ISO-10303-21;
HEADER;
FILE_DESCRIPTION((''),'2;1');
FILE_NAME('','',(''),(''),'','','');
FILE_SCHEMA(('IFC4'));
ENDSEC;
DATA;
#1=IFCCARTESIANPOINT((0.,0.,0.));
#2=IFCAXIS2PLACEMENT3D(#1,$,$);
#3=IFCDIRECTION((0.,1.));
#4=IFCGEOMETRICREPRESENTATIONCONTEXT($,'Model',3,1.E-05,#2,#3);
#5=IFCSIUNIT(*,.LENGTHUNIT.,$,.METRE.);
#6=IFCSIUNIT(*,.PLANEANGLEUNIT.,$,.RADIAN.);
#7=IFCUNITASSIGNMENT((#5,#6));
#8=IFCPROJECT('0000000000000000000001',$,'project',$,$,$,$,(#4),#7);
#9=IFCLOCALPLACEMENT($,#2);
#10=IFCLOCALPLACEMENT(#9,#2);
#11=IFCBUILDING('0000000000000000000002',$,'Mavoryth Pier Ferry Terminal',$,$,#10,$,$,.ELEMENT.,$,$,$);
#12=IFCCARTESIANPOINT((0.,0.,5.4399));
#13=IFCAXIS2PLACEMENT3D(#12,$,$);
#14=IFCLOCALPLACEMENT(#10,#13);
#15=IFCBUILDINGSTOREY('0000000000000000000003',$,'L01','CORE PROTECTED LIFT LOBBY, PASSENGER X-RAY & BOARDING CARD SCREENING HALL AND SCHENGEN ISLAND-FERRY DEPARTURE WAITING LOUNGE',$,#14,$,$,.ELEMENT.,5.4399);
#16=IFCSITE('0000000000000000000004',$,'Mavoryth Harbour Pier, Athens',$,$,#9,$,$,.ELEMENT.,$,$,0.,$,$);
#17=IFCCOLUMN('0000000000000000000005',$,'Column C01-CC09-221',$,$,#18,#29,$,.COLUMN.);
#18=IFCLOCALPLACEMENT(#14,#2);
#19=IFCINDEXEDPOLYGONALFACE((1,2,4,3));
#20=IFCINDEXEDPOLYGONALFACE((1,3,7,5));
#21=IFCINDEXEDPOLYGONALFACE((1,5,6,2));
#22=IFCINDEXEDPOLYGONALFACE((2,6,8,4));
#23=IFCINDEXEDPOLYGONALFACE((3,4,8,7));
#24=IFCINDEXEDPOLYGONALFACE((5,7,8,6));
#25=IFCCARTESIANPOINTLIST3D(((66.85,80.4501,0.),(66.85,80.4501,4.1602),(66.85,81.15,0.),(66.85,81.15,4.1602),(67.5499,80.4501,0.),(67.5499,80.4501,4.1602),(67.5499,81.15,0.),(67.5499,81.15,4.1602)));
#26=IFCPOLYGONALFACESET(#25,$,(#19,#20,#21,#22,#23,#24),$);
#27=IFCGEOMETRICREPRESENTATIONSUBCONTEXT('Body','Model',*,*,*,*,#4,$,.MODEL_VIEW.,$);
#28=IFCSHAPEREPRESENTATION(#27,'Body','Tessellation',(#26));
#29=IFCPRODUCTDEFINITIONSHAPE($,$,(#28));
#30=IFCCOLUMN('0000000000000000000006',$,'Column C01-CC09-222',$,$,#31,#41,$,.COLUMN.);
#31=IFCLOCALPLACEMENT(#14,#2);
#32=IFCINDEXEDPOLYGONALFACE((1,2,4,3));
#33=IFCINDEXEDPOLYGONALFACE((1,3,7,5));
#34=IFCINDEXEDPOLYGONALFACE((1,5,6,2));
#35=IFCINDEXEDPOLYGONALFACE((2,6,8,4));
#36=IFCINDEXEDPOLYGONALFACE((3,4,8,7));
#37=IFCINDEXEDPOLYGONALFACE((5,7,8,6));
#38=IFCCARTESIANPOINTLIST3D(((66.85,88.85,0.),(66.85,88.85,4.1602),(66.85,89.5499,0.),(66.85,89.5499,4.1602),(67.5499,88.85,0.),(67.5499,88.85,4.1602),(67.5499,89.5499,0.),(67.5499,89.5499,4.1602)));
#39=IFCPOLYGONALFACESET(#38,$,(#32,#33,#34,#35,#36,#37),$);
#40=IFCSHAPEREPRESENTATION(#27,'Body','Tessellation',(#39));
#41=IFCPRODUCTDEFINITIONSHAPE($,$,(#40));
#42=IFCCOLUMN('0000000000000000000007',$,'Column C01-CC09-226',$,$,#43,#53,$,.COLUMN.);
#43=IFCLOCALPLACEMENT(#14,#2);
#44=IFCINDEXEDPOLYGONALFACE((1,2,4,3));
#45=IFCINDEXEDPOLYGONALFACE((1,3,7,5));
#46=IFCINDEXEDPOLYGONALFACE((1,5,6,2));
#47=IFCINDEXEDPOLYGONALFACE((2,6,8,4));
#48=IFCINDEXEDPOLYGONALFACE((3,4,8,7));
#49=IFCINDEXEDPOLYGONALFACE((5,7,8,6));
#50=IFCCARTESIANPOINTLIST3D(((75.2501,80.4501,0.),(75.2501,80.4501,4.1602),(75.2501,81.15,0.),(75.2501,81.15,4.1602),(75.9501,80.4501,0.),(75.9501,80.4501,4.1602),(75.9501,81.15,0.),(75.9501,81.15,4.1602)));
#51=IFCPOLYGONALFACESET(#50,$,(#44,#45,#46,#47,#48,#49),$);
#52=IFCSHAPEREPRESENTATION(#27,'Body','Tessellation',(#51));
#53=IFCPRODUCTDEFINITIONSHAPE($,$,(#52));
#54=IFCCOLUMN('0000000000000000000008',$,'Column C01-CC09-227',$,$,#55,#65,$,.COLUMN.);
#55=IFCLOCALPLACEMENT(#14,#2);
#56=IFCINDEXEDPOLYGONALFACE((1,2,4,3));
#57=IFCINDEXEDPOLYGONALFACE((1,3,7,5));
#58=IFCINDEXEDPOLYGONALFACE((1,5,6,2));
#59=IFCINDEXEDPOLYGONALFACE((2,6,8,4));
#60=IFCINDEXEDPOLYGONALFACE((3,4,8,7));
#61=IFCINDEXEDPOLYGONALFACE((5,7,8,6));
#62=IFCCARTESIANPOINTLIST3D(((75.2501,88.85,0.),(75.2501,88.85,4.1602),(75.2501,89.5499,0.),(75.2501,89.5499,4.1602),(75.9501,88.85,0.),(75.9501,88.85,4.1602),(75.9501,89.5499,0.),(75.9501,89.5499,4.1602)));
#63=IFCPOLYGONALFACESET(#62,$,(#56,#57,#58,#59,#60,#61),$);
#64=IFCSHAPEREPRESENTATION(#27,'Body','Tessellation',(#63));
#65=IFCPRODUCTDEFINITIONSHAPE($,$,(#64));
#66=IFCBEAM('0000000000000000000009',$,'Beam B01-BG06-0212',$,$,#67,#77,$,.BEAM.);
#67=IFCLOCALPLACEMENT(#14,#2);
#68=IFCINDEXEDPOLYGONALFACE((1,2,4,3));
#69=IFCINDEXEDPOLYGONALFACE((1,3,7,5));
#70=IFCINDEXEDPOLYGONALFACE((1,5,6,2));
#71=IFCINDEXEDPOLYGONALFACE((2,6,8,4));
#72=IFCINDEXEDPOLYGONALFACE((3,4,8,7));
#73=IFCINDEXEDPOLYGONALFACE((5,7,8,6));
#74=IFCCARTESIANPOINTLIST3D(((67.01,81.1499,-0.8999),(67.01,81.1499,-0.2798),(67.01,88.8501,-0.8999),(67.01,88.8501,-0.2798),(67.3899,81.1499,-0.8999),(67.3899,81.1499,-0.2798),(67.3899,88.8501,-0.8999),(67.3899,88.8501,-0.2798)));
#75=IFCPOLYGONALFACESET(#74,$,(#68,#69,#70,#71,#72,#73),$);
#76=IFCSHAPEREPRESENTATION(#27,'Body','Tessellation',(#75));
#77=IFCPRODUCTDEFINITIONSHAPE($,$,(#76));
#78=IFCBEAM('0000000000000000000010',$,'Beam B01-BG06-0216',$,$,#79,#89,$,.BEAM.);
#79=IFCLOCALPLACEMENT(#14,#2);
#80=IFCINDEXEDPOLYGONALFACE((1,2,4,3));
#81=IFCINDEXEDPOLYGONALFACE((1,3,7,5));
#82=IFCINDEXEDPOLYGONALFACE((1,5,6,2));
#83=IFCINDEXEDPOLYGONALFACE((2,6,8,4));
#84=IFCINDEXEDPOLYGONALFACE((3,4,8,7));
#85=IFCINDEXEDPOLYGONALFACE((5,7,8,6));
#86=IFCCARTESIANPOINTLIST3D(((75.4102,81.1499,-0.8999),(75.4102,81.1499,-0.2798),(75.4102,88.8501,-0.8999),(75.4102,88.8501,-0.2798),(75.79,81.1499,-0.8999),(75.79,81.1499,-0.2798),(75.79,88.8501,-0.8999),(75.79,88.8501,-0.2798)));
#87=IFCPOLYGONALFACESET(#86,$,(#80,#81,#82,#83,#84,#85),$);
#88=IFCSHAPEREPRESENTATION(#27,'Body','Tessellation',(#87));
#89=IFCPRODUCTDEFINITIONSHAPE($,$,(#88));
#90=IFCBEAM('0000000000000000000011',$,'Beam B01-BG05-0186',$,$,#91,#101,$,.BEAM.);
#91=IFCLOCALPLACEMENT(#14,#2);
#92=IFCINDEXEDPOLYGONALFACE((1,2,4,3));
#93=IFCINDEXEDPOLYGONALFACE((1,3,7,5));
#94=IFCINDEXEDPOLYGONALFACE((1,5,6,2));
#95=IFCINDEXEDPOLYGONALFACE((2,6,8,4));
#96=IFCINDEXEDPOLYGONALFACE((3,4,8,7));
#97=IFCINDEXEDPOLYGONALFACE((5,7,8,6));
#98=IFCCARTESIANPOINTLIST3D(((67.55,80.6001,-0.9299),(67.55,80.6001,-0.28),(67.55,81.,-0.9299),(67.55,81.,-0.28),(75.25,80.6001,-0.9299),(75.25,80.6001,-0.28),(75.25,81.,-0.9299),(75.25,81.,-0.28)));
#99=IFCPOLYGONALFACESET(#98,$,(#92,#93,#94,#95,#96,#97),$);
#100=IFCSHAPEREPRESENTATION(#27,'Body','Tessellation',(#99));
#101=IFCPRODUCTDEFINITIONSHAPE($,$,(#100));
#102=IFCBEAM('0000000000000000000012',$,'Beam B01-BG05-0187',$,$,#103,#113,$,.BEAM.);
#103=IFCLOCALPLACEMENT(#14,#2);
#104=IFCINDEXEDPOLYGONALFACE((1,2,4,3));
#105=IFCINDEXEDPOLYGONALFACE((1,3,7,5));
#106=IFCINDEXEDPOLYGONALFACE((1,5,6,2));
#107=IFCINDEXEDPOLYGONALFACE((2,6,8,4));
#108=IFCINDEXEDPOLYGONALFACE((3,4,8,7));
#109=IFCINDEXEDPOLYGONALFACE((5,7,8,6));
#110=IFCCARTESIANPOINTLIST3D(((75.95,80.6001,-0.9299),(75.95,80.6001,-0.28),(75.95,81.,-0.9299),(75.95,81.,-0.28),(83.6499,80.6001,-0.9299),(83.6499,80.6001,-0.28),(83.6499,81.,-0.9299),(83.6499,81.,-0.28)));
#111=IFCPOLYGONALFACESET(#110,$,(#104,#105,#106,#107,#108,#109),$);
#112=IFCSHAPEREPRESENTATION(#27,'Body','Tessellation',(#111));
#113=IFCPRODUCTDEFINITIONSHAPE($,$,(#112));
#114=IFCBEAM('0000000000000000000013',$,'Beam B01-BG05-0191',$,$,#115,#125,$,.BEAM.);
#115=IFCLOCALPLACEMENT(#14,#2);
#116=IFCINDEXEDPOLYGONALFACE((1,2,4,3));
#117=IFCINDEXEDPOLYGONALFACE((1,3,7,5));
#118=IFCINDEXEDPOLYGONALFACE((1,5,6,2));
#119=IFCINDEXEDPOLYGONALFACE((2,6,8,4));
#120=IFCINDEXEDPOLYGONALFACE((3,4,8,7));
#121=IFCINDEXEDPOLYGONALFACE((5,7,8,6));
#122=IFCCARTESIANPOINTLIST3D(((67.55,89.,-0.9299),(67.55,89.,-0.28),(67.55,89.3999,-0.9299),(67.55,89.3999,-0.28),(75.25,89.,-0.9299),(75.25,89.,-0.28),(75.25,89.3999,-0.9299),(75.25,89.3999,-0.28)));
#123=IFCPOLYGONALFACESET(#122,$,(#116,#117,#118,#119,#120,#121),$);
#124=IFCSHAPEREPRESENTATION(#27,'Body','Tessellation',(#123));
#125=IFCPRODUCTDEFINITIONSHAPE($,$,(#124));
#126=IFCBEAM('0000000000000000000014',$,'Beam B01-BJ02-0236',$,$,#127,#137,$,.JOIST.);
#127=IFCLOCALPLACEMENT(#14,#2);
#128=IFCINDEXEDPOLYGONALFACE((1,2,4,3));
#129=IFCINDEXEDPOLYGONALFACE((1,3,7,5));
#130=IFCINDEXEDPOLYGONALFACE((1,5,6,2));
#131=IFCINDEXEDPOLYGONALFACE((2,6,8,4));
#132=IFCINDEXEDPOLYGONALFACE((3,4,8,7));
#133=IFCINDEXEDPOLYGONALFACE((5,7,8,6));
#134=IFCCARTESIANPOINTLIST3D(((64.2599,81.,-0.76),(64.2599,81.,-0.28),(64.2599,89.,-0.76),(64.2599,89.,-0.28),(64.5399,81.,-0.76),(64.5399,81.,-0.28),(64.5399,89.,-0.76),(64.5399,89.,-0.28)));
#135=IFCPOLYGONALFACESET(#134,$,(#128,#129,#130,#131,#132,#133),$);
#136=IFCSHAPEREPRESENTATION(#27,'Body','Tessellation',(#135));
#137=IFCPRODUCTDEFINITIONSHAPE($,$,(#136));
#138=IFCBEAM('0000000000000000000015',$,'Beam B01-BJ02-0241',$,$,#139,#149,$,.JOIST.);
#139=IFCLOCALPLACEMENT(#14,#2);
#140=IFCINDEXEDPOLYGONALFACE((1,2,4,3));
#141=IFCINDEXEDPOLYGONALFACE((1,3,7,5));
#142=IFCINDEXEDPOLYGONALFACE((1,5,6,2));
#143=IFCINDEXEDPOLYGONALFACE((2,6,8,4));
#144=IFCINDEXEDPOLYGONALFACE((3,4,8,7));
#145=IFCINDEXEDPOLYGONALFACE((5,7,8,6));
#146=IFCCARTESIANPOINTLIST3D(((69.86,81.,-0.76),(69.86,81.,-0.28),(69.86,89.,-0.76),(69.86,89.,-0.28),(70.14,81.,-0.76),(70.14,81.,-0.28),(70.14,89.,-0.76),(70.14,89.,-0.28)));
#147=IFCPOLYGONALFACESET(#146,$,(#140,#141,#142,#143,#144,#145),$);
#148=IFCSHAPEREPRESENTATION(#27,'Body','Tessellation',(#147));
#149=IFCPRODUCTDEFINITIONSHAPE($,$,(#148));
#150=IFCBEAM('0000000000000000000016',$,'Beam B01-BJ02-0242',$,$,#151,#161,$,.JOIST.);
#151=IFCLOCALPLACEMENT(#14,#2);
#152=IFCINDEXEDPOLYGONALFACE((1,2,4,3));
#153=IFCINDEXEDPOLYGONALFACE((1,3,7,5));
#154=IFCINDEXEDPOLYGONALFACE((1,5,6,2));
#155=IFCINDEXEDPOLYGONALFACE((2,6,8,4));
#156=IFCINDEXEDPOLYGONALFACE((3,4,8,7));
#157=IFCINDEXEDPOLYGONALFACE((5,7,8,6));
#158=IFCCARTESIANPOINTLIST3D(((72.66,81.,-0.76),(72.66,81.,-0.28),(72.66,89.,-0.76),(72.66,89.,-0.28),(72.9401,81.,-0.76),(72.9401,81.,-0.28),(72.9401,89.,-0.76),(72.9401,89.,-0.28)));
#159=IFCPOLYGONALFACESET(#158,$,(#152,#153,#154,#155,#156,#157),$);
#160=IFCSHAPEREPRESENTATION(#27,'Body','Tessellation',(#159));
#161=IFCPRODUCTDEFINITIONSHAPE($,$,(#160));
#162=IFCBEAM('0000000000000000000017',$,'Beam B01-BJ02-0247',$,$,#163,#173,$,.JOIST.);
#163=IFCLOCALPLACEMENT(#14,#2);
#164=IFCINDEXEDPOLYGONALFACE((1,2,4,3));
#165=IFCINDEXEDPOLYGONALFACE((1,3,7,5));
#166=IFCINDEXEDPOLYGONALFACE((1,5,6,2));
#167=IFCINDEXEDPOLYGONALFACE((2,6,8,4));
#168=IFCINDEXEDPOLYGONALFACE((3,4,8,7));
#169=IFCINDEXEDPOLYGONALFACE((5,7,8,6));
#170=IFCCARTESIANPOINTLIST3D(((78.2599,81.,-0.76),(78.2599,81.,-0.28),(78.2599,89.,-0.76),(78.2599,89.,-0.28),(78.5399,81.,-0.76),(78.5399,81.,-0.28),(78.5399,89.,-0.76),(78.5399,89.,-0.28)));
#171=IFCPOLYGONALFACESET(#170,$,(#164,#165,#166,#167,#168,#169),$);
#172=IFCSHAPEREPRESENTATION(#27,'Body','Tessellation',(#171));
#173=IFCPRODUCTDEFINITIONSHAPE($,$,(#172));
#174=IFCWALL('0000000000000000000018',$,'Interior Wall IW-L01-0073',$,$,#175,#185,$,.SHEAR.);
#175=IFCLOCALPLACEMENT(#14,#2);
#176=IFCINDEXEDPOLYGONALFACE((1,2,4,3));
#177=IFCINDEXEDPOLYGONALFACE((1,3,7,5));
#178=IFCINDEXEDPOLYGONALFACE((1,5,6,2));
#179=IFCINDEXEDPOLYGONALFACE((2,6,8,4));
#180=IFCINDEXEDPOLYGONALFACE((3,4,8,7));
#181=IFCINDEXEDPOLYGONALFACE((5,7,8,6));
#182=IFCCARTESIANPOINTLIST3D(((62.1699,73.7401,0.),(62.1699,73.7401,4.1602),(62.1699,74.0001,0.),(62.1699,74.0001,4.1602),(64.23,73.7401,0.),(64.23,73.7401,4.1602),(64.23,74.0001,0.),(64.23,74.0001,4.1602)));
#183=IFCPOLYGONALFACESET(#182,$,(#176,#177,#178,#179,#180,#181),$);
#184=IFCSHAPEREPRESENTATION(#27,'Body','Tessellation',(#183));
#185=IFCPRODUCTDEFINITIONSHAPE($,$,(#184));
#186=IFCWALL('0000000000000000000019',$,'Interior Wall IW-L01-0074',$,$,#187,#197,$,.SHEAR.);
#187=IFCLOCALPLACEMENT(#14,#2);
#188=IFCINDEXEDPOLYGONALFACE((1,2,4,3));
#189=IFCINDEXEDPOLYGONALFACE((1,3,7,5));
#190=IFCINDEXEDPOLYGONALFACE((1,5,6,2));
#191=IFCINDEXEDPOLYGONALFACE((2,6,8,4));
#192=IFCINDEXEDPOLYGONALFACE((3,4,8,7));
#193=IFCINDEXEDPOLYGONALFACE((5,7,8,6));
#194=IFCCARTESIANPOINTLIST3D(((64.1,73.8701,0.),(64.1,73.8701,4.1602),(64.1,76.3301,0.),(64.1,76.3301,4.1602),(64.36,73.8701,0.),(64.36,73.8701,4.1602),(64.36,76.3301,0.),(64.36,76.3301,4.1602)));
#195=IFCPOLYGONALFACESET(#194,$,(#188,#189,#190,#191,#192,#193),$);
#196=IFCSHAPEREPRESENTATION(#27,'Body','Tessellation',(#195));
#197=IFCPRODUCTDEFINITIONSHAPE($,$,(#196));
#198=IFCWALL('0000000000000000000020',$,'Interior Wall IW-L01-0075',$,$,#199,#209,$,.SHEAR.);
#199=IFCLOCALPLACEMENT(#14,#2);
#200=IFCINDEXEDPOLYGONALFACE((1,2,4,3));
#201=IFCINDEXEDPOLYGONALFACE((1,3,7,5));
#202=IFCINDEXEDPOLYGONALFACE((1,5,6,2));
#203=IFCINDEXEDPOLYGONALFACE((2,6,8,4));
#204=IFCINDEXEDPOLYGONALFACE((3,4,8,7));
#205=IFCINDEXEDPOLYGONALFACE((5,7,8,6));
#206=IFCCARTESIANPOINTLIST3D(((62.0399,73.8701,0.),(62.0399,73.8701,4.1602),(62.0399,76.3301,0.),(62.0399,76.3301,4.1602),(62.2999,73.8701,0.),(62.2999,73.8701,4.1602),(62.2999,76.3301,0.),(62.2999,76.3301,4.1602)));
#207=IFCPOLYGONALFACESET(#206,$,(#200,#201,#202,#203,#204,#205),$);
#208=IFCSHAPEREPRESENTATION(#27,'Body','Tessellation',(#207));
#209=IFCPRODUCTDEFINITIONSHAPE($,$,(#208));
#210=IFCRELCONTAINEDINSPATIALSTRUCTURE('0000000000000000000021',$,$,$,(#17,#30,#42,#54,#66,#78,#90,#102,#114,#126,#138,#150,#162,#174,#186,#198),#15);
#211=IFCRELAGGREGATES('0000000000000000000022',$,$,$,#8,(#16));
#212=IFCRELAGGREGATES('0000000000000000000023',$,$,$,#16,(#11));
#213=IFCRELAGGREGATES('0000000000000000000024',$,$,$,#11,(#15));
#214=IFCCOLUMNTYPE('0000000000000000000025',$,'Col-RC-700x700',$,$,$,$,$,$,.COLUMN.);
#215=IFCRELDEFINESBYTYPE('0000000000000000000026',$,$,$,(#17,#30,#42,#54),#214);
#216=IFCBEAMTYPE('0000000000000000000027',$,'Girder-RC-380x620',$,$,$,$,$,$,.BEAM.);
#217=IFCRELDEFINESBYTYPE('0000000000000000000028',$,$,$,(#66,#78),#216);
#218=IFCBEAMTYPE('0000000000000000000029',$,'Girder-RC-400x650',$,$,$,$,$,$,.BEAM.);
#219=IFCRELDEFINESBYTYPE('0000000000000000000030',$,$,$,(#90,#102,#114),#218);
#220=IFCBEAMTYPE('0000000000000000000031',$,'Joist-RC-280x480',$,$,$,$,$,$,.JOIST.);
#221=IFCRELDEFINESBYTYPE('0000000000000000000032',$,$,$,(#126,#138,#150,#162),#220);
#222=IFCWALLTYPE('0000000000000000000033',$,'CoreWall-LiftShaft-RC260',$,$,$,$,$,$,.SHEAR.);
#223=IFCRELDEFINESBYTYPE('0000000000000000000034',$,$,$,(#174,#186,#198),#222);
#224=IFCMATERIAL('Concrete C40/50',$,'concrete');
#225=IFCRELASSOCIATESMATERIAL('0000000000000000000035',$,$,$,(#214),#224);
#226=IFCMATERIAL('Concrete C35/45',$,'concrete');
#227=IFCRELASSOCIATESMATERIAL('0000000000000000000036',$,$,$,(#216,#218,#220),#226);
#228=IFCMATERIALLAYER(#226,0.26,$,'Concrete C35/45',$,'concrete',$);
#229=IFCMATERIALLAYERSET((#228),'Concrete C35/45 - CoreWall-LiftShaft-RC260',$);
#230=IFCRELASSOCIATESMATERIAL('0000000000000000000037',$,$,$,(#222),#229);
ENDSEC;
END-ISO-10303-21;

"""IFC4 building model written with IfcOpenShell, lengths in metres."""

from ifc_helpers import new_model, si_unit, direction, frame, frame_2d, origin, origin_2d, place, context, subcontext, project, spatial, rectangle, extrude, material, layer, layer_set, material_profile, profile_set, type_object, element, save


model = new_model("IFC4")

# Units and contexts
model_context = context("Model", 3, precision=1e-05, world=origin(), true_north=direction((0.0, 1.0)))
body_context = subcontext(model_context, "Body", "Model", "MODEL_VIEW")
ifc_project = project(units=[si_unit("LENGTHUNIT", "METRE"), si_unit("PLANEANGLEUNIT", "RADIAN")], contexts=[model_context])

# Site, building, storey
site_placement = place(None, origin())
site = spatial("IfcSite", under=ifc_project, at=site_placement, Name="Mavoryth Harbour Pier, Athens", CompositionType="ELEMENT", RefElevation=0.0)
building_placement = place(site_placement, origin())
building = spatial("IfcBuilding", under=site, at=building_placement, Name="Mavoryth Pier Ferry Terminal", CompositionType="ELEMENT")
storey_placement = place(building_placement, frame((0.0, 0.0, 5.4399)))
storey = spatial("IfcBuildingStorey", under=building, at=storey_placement, Name="L01", Description="CORE PROTECTED LIFT LOBBY, PASSENGER X-RAY & BOARDING CARD SCREENING HALL AND SCHENGEN ISLAND-FERRY DEPARTURE WAITING LOUNGE", CompositionType="ELEMENT", Elevation=5.4399)

# Columns
ifc_material_1 = material(Name="Concrete C40/50", Category="concrete")
ifc_material_profile_1 = material_profile(ifc_material_1, rectangle(XDim=0.7, YDim=0.7, at=origin_2d()), Name="RC 700x700", Category="concrete")
ifc_profile_set_1 = profile_set([ifc_material_profile_1], Name="Concrete C40/50 - RC 700x700")
column_type = type_object("IfcColumnType", Name="Col-RC-700x700", PredefinedType="COLUMN", material=ifc_profile_set_1)
for number, where, z_axis, x_axis, name in (
    (1, (67.2, 80.8, 0.0), (0.0, 0.0, 1.0), (1.0, 0.0, 0.0), "Column C01-CC09-221"),
    (2, (67.2, 89.2, 0.0), (0.0, 0.0, 1.0), (1.0, 0.0, 0.0), "Column C01-CC09-222"),
    (3, (75.6001, 80.8, 0.0), (0.0, 0.0, 1.0), (1.0, 0.0, 0.0), "Column C01-CC09-226"),
    (4, (75.6001, 89.2, 0.0), (0.0, 0.0, 1.0), (1.0, 0.0, 0.0), "Column C01-CC09-227"),
):
    element("IfcColumn", number, at=place(storey_placement, frame(where, z_axis=z_axis, x_axis=x_axis)), inside=storey, type_object=column_type, Name=name, PredefinedType="COLUMN", context=body_context, shape_type="SweptSolid", body=[
        extrude(rectangle(XDim=0.7, YDim=0.7, at=origin_2d()), origin(), (0.0, 0.0, 1.0), 4.1602),
    ])

# Beams
ifc_material_2 = material(Name="Concrete C35/45", Category="concrete")
ifc_material_profile_2 = material_profile(ifc_material_2, rectangle(XDim=0.3799, YDim=0.6201, at=origin_2d()), Name="RC 380x620", Category="concrete")
ifc_profile_set_2 = profile_set([ifc_material_profile_2], Name="Concrete C35/45 - RC 380x620")
beam_type_1 = type_object("IfcBeamType", Name="Girder-RC-380x620", PredefinedType="BEAM", material=ifc_profile_set_2)
for number, where, z_axis, x_axis, name in (
    (5, (67.2, 81.1499, -0.5898), (0.0, 1.0, 0.0), (-1.0, 0.0, 0.0), "Beam B01-BG06-0212"),
    (6, (75.6001, 81.1499, -0.5898), (0.0, 1.0, 0.0), (-1.0, 0.0, 0.0), "Beam B01-BG06-0216"),
):
    element("IfcBeam", number, at=place(storey_placement, frame(where, z_axis=z_axis, x_axis=x_axis)), inside=storey, type_object=beam_type_1, Name=name, PredefinedType="BEAM", context=body_context, shape_type="SweptSolid", body=[
        extrude(rectangle(XDim=0.3799, YDim=0.6201, at=origin_2d()), origin(), (0.0, 0.0, 1.0), 7.7002),
    ])
ifc_material_profile_3 = material_profile(ifc_material_2, rectangle(XDim=0.3999, YDim=0.6499, at=origin_2d()), Name="RC 400x650", Category="concrete")
ifc_profile_set_3 = profile_set([ifc_material_profile_3], Name="Concrete C35/45 - RC 400x650")
beam_type_2 = type_object("IfcBeamType", Name="Girder-RC-400x650", PredefinedType="BEAM", material=ifc_profile_set_3)
for number, where, z_axis, x_axis, name in (
    (7, (67.55, 80.8, -0.605), (1.0, 0.0, 0.0), (0.0, 1.0, 0.0), "Beam B01-BG05-0186"),
    (8, (75.95, 80.8, -0.605), (1.0, 0.0, 0.0), (0.0, 1.0, 0.0), "Beam B01-BG05-0187"),
    (9, (67.55, 89.2, -0.605), (1.0, 0.0, 0.0), (0.0, 1.0, 0.0), "Beam B01-BG05-0191"),
):
    element("IfcBeam", number, at=place(storey_placement, frame(where, z_axis=z_axis, x_axis=x_axis)), inside=storey, type_object=beam_type_2, Name=name, PredefinedType="BEAM", context=body_context, shape_type="SweptSolid", body=[
        extrude(rectangle(XDim=0.3999, YDim=0.6499, at=origin_2d()), origin(), (0.0, 0.0, 1.0), 7.7),
    ])
ifc_material_profile_4 = material_profile(ifc_material_2, rectangle(XDim=0.28, YDim=0.48, at=origin_2d()), Name="RC 280x480", Category="concrete")
ifc_profile_set_4 = profile_set([ifc_material_profile_4], Name="Concrete C35/45 - RC 280x480")
beam_type_3 = type_object("IfcBeamType", Name="Joist-RC-280x480", PredefinedType="JOIST", material=ifc_profile_set_4)
for number, where, z_axis, x_axis, name in (
    (10, (64.3999, 81.0, -0.52), (0.0, 1.0, 0.0), (-1.0, 0.0, 0.0), "Beam B01-BJ02-0236"),
    (11, (70.0, 81.0, -0.52), (0.0, 1.0, 0.0), (-1.0, 0.0, 0.0), "Beam B01-BJ02-0241"),
    (12, (72.8, 81.0, -0.52), (0.0, 1.0, 0.0), (-1.0, 0.0, 0.0), "Beam B01-BJ02-0242"),
    (13, (78.3999, 81.0, -0.52), (0.0, 1.0, 0.0), (-1.0, 0.0, 0.0), "Beam B01-BJ02-0247"),
):
    element("IfcBeam", number, at=place(storey_placement, frame(where, z_axis=z_axis, x_axis=x_axis)), inside=storey, type_object=beam_type_3, Name=name, PredefinedType="JOIST", context=body_context, shape_type="SweptSolid", body=[
        extrude(rectangle(XDim=0.28, YDim=0.48, at=origin_2d()), origin(), (0.0, 0.0, 1.0), 8.0),
    ])

# Walls
ifc_layer_1 = layer(ifc_material_2, 0.26, Name="Concrete C35/45", Category="concrete")
ifc_layer_set_1 = layer_set([ifc_layer_1], Name="Concrete C35/45 - CoreWall-LiftShaft-RC260")
wall_type_1 = type_object("IfcWallType", Name="CoreWall-LiftShaft-RC260", PredefinedType="SHEAR", material=ifc_layer_set_1)
wall_1_placement = place(storey_placement, frame((62.1699, 73.8701, 0.0), z_axis=(0.0, 0.0, 1.0), x_axis=(1.0, 0.0, 0.0)))
element("IfcWall", 14, at=wall_1_placement, inside=storey, type_object=wall_type_1, Name="Interior Wall IW-L01-0073", PredefinedType="SHEAR", context=body_context, shape_type="SweptSolid", body=[
    extrude(rectangle(XDim=2.0601, YDim=0.26, at=frame_2d((1.03, 0.0))), origin(), (0.0, 0.0, 1.0), 4.1602),
])
for number, where, z_axis, x_axis, name in (
    (15, (64.23, 73.8701, 0.0), (0.0, 0.0, 1.0), (0.0, 1.0, 0.0), "Interior Wall IW-L01-0074"),
    (16, (62.1699, 76.3301, 0.0), (0.0, 0.0, 1.0), (0.0, -1.0, 0.0), "Interior Wall IW-L01-0075"),
):
    element("IfcWall", number, at=place(storey_placement, frame(where, z_axis=z_axis, x_axis=x_axis)), inside=storey, type_object=wall_type_1, Name=name, PredefinedType="SHEAR", context=body_context, shape_type="SweptSolid", body=[
        extrude(rectangle(XDim=2.46, YDim=0.26, at=frame_2d((1.23, 0.0))), origin(), (0.0, 0.0, 1.0), 4.1602),
    ])

save(model, "model.ifc")
